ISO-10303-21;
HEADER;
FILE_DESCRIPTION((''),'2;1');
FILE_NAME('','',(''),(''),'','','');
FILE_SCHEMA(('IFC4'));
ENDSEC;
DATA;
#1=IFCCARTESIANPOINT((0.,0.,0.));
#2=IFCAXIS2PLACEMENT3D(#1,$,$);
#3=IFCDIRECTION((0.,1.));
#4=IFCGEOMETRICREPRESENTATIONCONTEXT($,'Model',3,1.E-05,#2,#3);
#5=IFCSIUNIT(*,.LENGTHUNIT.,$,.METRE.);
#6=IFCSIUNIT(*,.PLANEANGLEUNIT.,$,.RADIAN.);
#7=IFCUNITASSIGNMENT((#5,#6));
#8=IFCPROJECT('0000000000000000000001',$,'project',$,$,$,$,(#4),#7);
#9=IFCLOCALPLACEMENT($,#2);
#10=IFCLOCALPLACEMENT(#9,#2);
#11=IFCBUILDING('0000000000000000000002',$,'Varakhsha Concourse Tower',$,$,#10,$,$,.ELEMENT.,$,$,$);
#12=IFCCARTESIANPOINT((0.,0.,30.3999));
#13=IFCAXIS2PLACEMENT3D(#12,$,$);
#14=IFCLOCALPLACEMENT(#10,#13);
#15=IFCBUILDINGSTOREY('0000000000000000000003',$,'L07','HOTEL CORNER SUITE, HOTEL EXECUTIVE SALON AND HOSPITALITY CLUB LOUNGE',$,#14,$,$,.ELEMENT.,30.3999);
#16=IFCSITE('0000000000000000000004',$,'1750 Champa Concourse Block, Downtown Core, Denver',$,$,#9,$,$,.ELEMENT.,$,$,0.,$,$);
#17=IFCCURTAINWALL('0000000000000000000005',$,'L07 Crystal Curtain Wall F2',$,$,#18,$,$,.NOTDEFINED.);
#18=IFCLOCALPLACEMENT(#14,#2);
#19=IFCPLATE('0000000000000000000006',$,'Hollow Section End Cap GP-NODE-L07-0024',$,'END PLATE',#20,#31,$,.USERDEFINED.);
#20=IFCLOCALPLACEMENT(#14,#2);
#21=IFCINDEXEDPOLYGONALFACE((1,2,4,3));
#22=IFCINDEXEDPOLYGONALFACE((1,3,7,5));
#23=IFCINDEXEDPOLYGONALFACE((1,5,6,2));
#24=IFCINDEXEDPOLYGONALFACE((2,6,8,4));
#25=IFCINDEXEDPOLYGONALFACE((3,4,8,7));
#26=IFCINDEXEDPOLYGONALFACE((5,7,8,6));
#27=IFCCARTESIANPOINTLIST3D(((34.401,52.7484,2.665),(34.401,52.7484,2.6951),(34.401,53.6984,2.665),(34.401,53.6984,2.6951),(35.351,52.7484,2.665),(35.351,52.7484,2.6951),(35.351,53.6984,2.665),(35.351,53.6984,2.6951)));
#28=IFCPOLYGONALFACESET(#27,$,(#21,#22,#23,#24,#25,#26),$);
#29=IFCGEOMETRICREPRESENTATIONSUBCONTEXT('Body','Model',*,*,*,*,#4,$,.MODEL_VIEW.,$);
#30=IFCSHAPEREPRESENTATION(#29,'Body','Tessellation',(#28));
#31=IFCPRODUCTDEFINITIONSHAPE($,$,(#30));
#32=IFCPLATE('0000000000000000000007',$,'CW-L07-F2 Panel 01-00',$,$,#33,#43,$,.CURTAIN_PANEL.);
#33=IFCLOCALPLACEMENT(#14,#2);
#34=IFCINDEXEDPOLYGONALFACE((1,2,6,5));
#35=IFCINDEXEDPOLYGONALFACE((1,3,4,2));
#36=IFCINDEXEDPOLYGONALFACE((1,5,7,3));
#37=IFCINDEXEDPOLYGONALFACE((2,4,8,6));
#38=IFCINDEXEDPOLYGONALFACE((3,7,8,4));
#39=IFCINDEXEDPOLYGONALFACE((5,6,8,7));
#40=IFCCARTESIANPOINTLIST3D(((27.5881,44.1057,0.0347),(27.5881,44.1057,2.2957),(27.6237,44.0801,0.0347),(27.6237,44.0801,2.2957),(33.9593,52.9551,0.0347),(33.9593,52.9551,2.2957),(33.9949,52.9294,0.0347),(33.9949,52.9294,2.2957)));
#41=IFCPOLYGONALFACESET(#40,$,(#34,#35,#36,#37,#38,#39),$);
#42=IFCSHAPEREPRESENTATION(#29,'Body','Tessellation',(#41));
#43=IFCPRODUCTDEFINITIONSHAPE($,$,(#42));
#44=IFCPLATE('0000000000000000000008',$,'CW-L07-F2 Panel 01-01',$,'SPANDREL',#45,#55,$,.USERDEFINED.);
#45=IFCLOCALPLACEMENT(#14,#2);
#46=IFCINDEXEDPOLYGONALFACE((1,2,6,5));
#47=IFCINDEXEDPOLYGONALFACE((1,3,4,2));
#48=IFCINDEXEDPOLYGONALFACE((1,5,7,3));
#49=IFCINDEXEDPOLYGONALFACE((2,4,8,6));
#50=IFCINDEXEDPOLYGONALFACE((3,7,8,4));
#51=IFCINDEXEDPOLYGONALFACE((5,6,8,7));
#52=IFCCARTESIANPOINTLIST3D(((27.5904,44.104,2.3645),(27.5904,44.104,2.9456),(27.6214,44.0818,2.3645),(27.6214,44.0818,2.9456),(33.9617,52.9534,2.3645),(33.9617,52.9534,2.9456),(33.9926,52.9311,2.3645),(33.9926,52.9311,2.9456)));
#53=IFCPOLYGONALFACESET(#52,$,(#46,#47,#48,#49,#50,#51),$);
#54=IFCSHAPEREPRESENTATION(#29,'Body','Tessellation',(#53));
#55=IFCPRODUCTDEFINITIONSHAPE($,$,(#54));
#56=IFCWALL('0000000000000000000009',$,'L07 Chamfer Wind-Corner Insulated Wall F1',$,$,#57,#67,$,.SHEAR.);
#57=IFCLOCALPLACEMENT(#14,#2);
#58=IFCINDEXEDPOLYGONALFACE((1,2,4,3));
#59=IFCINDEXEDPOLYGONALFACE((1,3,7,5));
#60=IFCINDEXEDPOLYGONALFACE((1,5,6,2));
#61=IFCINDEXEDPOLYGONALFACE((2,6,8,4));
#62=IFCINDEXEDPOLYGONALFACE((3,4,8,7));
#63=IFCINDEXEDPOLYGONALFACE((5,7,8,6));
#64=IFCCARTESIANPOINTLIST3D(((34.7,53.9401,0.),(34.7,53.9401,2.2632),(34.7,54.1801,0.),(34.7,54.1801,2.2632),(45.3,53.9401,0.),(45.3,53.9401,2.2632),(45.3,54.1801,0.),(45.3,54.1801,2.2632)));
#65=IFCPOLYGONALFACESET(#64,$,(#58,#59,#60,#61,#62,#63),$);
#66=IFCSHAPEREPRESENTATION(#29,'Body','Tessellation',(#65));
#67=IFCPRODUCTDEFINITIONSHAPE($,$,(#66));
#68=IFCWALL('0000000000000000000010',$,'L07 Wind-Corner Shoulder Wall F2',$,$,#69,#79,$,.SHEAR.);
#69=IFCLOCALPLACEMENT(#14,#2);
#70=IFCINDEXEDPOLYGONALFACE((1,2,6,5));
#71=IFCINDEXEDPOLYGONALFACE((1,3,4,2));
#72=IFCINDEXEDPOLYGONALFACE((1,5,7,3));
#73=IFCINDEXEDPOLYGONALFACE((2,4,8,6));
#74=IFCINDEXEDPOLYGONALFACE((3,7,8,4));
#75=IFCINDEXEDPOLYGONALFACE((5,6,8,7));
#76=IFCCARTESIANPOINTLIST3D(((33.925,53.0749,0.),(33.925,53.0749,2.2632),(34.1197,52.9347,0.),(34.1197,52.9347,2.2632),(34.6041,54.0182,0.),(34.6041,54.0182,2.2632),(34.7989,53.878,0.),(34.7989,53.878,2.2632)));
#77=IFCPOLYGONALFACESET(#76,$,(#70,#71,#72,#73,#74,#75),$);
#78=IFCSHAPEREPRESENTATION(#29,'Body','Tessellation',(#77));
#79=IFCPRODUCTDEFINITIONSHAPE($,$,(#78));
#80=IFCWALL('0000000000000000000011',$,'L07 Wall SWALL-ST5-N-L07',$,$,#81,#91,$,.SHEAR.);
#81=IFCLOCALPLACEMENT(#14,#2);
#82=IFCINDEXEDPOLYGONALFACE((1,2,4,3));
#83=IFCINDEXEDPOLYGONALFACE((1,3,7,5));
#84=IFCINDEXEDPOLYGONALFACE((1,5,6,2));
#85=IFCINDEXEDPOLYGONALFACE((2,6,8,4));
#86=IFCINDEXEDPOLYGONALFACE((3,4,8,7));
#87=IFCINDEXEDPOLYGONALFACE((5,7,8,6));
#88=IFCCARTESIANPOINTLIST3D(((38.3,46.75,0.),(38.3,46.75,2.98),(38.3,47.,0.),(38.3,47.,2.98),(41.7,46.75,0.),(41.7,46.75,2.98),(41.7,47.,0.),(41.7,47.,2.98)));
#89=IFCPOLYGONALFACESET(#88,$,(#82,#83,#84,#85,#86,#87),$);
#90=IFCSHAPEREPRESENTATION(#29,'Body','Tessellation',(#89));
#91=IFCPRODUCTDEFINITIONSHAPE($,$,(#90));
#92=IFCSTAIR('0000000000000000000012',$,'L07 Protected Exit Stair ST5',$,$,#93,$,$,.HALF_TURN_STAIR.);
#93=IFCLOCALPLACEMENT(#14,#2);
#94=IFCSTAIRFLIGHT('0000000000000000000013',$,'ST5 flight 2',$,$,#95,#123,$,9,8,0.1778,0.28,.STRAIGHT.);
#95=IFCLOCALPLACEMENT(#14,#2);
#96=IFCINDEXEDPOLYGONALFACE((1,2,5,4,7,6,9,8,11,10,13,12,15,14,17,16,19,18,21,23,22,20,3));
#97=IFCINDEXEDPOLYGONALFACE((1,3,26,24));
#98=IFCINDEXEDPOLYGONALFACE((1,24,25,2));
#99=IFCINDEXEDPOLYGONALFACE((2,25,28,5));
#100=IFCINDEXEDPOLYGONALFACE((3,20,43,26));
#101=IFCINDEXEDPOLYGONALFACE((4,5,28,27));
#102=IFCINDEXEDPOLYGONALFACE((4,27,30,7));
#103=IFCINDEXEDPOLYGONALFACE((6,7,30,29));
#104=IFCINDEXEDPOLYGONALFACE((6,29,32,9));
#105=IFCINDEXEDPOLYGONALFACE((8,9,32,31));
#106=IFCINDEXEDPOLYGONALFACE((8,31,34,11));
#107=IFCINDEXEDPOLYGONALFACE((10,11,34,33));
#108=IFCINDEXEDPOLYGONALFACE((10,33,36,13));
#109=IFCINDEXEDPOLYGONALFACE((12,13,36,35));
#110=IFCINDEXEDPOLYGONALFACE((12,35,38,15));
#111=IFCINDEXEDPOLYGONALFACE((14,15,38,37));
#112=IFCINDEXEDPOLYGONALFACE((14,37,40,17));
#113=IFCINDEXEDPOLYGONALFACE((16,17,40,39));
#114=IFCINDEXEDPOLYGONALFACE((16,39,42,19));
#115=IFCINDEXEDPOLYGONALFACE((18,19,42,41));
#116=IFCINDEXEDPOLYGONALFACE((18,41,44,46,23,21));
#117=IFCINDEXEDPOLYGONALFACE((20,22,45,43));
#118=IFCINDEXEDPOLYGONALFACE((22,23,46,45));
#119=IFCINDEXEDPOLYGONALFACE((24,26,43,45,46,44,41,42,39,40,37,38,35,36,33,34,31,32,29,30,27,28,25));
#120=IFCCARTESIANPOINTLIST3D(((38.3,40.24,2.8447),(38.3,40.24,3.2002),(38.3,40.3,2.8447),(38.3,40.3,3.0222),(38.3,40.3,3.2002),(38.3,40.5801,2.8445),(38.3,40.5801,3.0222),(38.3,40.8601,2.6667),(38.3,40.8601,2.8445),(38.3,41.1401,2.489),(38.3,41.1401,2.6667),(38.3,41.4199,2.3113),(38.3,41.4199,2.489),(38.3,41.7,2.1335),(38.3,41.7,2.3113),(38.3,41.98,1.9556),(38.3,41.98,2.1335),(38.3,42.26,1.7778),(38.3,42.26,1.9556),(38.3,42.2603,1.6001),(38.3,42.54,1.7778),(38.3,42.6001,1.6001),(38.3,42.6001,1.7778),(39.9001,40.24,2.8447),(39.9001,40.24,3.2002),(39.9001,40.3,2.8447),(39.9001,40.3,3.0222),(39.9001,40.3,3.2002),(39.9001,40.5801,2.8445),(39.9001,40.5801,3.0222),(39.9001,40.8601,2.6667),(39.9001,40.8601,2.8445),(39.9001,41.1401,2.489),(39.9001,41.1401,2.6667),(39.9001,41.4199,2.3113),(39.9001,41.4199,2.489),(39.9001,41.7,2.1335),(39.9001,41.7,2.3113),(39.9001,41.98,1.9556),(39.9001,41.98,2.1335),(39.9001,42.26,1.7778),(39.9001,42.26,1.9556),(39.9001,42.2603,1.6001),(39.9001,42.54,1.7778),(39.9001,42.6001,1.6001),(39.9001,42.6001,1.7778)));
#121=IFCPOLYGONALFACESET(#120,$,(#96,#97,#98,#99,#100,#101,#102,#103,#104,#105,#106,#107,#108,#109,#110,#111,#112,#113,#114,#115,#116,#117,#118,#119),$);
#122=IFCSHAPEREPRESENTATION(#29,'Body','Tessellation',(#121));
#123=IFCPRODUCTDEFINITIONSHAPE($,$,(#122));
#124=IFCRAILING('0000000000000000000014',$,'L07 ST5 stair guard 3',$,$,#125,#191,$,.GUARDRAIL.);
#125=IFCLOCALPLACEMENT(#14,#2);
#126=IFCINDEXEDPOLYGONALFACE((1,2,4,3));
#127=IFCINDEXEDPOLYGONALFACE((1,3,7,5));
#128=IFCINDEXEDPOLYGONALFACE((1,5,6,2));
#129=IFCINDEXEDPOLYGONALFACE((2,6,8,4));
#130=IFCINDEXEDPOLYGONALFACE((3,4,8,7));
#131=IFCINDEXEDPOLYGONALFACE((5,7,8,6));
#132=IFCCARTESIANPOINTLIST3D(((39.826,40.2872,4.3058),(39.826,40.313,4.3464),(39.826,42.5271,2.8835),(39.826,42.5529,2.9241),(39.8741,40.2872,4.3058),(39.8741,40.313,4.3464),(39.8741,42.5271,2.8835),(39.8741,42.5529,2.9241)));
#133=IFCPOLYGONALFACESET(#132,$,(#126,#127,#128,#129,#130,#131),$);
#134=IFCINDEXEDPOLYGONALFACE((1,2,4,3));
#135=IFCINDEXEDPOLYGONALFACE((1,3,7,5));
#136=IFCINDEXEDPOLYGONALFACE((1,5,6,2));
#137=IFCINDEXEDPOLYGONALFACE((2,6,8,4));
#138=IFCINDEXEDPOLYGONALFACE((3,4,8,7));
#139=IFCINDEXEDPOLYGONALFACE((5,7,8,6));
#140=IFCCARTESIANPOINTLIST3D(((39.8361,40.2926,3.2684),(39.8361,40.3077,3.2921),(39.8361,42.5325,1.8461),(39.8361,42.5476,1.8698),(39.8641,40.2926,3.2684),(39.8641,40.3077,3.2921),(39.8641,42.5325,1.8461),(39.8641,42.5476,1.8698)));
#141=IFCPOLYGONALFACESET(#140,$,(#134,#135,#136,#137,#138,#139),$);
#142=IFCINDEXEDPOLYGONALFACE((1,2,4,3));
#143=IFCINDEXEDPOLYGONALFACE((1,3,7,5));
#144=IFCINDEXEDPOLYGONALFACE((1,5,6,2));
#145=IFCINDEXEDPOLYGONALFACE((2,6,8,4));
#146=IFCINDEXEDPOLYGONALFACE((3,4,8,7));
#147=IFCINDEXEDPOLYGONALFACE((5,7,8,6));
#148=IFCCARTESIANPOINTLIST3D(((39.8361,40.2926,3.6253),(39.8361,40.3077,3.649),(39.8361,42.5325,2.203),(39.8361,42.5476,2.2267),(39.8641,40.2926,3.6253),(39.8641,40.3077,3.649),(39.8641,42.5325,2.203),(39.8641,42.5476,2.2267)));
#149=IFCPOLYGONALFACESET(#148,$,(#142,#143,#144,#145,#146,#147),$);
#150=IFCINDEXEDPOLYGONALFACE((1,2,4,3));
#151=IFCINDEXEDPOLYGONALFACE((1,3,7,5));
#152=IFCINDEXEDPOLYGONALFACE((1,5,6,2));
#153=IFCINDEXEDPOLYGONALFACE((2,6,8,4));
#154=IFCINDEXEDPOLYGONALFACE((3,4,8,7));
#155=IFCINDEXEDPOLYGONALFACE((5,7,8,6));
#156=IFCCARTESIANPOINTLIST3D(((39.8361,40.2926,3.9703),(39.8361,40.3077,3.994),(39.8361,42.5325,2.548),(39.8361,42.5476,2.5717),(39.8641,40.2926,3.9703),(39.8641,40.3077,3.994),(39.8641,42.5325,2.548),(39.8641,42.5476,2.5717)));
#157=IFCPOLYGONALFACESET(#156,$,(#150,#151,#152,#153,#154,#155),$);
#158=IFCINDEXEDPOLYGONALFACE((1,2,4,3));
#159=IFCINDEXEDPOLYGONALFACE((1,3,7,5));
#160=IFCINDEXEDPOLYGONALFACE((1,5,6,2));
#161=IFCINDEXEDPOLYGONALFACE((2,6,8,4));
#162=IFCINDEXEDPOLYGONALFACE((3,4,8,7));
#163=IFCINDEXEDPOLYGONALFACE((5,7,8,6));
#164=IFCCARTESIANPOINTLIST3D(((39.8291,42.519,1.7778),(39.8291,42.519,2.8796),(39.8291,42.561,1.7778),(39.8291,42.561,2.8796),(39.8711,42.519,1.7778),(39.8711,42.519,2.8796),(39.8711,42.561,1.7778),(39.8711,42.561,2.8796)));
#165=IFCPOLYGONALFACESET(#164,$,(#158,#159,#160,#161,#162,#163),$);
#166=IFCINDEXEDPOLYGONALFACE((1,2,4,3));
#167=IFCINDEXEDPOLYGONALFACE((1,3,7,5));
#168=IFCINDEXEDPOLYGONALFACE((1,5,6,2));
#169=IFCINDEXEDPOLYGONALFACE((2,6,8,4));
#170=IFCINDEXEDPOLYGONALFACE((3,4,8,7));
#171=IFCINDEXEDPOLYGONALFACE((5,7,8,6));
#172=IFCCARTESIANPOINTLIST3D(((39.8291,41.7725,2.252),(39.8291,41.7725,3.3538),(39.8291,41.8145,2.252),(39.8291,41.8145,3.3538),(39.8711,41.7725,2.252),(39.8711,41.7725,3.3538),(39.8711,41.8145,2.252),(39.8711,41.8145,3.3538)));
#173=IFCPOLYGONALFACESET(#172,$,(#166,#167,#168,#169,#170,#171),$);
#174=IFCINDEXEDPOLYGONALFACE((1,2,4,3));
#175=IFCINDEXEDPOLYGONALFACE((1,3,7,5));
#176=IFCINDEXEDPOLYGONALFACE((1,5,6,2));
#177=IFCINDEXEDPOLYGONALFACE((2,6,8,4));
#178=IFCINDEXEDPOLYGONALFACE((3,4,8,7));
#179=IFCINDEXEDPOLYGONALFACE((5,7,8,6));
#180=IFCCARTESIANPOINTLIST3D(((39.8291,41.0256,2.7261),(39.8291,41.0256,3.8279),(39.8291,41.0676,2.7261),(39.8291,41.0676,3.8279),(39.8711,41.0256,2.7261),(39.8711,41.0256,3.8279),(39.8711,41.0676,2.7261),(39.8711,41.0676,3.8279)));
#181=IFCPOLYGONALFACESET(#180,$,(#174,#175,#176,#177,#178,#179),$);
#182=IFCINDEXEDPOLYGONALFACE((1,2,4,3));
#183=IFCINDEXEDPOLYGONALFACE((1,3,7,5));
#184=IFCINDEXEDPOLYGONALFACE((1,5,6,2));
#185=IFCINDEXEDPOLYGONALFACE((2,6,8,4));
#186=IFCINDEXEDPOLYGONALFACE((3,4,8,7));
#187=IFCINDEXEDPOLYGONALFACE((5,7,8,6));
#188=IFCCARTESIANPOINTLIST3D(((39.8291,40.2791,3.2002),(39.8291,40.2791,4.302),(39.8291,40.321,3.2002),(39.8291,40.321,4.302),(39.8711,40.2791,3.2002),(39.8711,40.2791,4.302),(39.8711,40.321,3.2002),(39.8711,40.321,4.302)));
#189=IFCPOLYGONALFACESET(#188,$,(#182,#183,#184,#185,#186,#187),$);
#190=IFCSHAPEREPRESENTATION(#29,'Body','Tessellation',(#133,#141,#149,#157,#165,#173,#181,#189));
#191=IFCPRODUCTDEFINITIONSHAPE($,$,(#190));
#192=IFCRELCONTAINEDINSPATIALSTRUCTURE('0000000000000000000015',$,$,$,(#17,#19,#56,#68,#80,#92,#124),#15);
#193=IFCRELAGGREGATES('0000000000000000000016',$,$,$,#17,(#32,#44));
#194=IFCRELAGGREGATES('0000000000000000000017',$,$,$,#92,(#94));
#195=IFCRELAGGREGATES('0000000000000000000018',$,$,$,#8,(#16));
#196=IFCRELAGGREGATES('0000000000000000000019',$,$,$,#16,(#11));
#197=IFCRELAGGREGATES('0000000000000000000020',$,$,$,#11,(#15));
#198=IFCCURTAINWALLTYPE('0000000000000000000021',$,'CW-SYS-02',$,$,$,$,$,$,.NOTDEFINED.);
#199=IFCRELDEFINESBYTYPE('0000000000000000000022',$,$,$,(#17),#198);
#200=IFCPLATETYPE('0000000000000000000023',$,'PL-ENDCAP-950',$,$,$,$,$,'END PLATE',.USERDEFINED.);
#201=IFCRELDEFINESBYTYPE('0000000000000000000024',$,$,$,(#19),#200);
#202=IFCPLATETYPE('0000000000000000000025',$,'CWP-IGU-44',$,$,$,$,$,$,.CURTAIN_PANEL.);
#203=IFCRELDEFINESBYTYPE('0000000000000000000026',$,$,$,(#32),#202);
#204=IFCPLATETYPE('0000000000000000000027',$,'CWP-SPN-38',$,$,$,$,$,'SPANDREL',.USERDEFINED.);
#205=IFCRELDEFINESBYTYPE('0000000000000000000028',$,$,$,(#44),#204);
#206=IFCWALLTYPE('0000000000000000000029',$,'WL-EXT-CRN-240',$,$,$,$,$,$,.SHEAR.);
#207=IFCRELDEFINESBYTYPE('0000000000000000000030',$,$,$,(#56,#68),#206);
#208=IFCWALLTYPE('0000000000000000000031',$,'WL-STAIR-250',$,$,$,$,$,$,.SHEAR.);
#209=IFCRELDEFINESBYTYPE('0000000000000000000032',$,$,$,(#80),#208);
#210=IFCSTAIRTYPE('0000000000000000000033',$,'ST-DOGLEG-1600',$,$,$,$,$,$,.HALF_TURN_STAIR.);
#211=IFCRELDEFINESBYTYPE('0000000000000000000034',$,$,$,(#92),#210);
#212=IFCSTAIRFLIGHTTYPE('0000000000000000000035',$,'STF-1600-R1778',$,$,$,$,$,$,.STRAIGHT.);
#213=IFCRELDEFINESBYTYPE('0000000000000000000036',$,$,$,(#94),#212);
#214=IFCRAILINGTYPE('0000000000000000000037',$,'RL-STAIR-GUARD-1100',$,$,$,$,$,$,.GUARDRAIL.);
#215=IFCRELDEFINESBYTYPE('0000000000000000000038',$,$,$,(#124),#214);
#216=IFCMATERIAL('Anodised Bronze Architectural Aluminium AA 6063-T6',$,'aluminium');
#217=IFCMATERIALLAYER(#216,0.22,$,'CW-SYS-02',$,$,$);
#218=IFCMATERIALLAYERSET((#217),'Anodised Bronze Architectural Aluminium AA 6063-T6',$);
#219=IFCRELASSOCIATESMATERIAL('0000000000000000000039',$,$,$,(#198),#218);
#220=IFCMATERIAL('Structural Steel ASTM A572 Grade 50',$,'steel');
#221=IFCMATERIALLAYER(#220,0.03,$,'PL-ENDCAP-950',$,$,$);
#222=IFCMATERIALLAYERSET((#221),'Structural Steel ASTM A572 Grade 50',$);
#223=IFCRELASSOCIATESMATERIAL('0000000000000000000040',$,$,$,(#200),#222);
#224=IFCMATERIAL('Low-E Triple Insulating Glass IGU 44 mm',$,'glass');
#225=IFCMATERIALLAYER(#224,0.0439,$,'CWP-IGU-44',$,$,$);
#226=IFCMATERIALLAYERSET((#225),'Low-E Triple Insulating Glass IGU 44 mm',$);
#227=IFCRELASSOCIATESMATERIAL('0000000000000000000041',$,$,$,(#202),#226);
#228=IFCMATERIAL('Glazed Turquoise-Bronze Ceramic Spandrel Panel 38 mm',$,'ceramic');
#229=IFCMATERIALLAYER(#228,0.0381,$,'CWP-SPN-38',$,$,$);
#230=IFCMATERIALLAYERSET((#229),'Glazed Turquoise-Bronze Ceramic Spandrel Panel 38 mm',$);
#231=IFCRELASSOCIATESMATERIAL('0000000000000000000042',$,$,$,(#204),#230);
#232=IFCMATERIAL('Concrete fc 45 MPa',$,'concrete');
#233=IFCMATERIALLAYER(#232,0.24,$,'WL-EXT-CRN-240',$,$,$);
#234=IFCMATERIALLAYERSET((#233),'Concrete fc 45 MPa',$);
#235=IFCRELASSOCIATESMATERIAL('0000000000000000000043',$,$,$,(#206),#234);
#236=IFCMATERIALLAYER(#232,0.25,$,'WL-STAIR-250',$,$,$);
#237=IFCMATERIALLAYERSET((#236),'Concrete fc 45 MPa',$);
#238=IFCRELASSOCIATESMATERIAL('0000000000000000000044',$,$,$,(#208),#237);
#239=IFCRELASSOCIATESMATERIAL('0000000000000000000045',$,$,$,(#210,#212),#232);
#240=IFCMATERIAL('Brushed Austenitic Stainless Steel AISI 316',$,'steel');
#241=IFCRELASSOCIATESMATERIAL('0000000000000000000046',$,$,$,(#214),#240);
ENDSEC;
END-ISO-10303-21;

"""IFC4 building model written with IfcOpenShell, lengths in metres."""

from ifc_helpers import new_model, si_unit, direction, frame, frame_2d, origin, origin_2d, place, context, subcontext, project, spatial, polyline, rectangle, outline, extrude, source, transform, mapped, material, layer, layer_set, type_object, type_shapes, element, aggregate, save


model = new_model("IFC4")

# Units and contexts
model_context = context("Model", 3, precision=1e-05, world=origin(), true_north=direction((0.0, 1.0)))
body_context = subcontext(model_context, "Body", "Model", "MODEL_VIEW")
ifc_project = project(units=[si_unit("LENGTHUNIT", "METRE"), si_unit("PLANEANGLEUNIT", "RADIAN")], contexts=[model_context])

# Site, building, storey
site_placement = place(None, origin())
site = spatial("IfcSite", under=ifc_project, at=site_placement, Name="1750 Champa Concourse Block, Downtown Core, Denver", CompositionType="ELEMENT", RefElevation=0.0)
building_placement = place(site_placement, origin())
building = spatial("IfcBuilding", under=site, at=building_placement, Name="Varakhsha Concourse Tower", CompositionType="ELEMENT")
storey_placement = place(building_placement, frame((0.0, 0.0, 30.3999)))
storey = spatial("IfcBuildingStorey", under=building, at=storey_placement, Name="L07", Description="HOTEL CORNER SUITE, HOTEL EXECUTIVE SALON AND HOSPITALITY CLUB LOUNGE", CompositionType="ELEMENT", Elevation=30.3999)

# Shared definitions
ifc_material_1 = material(Name="Structural Steel ASTM A572 Grade 50", Category="steel")

# Curtain wall
ifc_material_2 = material(Name="Anodised Bronze Architectural Aluminium AA 6063-T6", Category="aluminium")
ifc_layer_1 = layer(ifc_material_2, 0.22, Name="CW-SYS-02")
ifc_layer_set_1 = layer_set([ifc_layer_1], Name="Anodised Bronze Architectural Aluminium AA 6063-T6")
curtain_wall_type = type_object("IfcCurtainWallType", Name="CW-SYS-02", PredefinedType="NOTDEFINED", material=ifc_layer_set_1)
curtain_wall_placement = place(storey_placement, origin())
curtain_wall = element("IfcCurtainWall", 1, at=curtain_wall_placement, inside=storey, type_object=curtain_wall_type, Name="L07 Crystal Curtain Wall F2", PredefinedType="NOTDEFINED")

# Plates
ifc_layer_2 = layer(ifc_material_1, 0.03, Name="PL-ENDCAP-950")
ifc_layer_set_2 = layer_set([ifc_layer_2], Name="Structural Steel ASTM A572 Grade 50")
plate_type_1 = type_object("IfcPlateType", Name="PL-ENDCAP-950", ElementType="END PLATE", PredefinedType="USERDEFINED", material=ifc_layer_set_2)
shared_shape_1 = source(origin(), body_context, "Body", "SweptSolid", [
    extrude(rectangle(XDim=0.95, YDim=0.95, at=origin_2d()), origin(), (0.0, 0.0, 1.0), 0.03),
])
type_shapes(plate_type_1, [shared_shape_1])
plate_1_placement = place(storey_placement, frame((34.876, 53.2234, 2.665), z_axis=(0.0, 0.0, 1.0), x_axis=(1.0, 0.0, 0.0)))
element("IfcPlate", 2, at=plate_1_placement, inside=storey, type_object=plate_type_1, Name="Hollow Section End Cap GP-NODE-L07-0024", ObjectType="END PLATE", PredefinedType="USERDEFINED", context=body_context, shape_type="MappedRepresentation", body=[
    mapped(shared_shape_1, transform((0.0, 0.0, 0.0), scale=1.0)),
])
ifc_material_3 = material(Name="Low-E Triple Insulating Glass IGU 44 mm", Category="glass")
ifc_layer_3 = layer(ifc_material_3, 0.0439, Name="CWP-IGU-44")
ifc_layer_set_3 = layer_set([ifc_layer_3], Name="Low-E Triple Insulating Glass IGU 44 mm")
plate_type_2 = type_object("IfcPlateType", Name="CWP-IGU-44", PredefinedType="CURTAIN_PANEL", material=ifc_layer_set_3)
shared_shape_2 = source(origin(), body_context, "Body", "SweptSolid", [
    extrude(rectangle(XDim=10.9043, YDim=0.0439, at=origin_2d()), origin(), (0.0, 0.0, 1.0), 2.261),
])
type_shapes(plate_type_2, [shared_shape_2])
plate_2_placement = place(storey_placement, frame((30.7915, 48.5176, 0.0347), z_axis=(0.0, 0.0, 1.0), x_axis=(0.584284, 0.81155, 0.0)))
plate_2 = element("IfcPlate", 3, at=plate_2_placement, type_object=plate_type_2, Name="CW-L07-F2 Panel 01-00", PredefinedType="CURTAIN_PANEL", context=body_context, shape_type="MappedRepresentation", body=[
    mapped(shared_shape_2, transform((0.0, 0.0, 0.0), scale=1.0)),
])
ifc_material_4 = material(Name="Glazed Turquoise-Bronze Ceramic Spandrel Panel 38 mm", Category="ceramic")
ifc_layer_4 = layer(ifc_material_4, 0.0381, Name="CWP-SPN-38")
ifc_layer_set_4 = layer_set([ifc_layer_4], Name="Glazed Turquoise-Bronze Ceramic Spandrel Panel 38 mm")
plate_type_3 = type_object("IfcPlateType", Name="CWP-SPN-38", ElementType="SPANDREL", PredefinedType="USERDEFINED", material=ifc_layer_set_4)
shared_shape_3 = source(origin(), body_context, "Body", "SweptSolid", [
    extrude(rectangle(XDim=10.9043, YDim=0.0381, at=origin_2d()), origin(), (0.0, 0.0, 1.0), 0.5811),
])
type_shapes(plate_type_3, [shared_shape_3])
plate_3_placement = place(storey_placement, frame((30.7915, 48.5176, 2.3645), z_axis=(0.0, 0.0, 1.0), x_axis=(0.584284, 0.81155, 0.0)))
plate_3 = element("IfcPlate", 4, at=plate_3_placement, type_object=plate_type_3, Name="CW-L07-F2 Panel 01-01", ObjectType="SPANDREL", PredefinedType="USERDEFINED", context=body_context, shape_type="MappedRepresentation", body=[
    mapped(shared_shape_3, transform((0.0, 0.0, 0.0), scale=1.0)),
])
aggregate(curtain_wall, [plate_2, plate_3])

# Walls
ifc_material_5 = material(Name="Concrete fc 45 MPa", Category="concrete")
ifc_layer_5 = layer(ifc_material_5, 0.24, Name="WL-EXT-CRN-240")
ifc_layer_set_5 = layer_set([ifc_layer_5], Name="Concrete fc 45 MPa")
wall_type_1 = type_object("IfcWallType", Name="WL-EXT-CRN-240", PredefinedType="SHEAR", material=ifc_layer_set_5)
wall_1_placement = place(storey_placement, frame((34.7, 54.0601, 0.0), z_axis=(0.0, 0.0, 1.0), x_axis=(1.0, 0.0, 0.0)))
element("IfcWall", 5, at=wall_1_placement, inside=storey, type_object=wall_type_1, Name="L07 Chamfer Wind-Corner Insulated Wall F1", PredefinedType="SHEAR", context=body_context, shape_type="SweptSolid", body=[
    extrude(rectangle(XDim=10.6001, YDim=0.24, at=frame_2d((5.3, 0.0))), origin(), (0.0, 0.0, 1.0), 2.2632),
])
wall_2_placement = place(storey_placement, frame((34.7014, 53.948, 0.0), z_axis=(0.0, 0.0, 1.0), x_axis=(-0.584294, -0.811542, 0.0)))
element("IfcWall", 6, at=wall_2_placement, inside=storey, type_object=wall_type_1, Name="L07 Wind-Corner Shoulder Wall F2", PredefinedType="SHEAR", context=body_context, shape_type="SweptSolid", body=[
    extrude(rectangle(XDim=1.1624, YDim=0.24, at=frame_2d((0.5811, 0.0))), origin(), (0.0, 0.0, 1.0), 2.2632),
])
ifc_layer_6 = layer(ifc_material_5, 0.25, Name="WL-STAIR-250")
ifc_layer_set_6 = layer_set([ifc_layer_6], Name="Concrete fc 45 MPa")
wall_type_2 = type_object("IfcWallType", Name="WL-STAIR-250", PredefinedType="SHEAR", material=ifc_layer_set_6)
wall_3_placement = place(storey_placement, frame((38.3, 46.875, 0.0), z_axis=(0.0, 0.0, 1.0), x_axis=(1.0, 0.0, 0.0)))
element("IfcWall", 7, at=wall_3_placement, inside=storey, type_object=wall_type_2, Name="L07 Wall SWALL-ST5-N-L07", PredefinedType="SHEAR", context=body_context, shape_type="SweptSolid", body=[
    extrude(rectangle(XDim=3.3999, YDim=0.25, at=frame_2d((1.7, 0.0))), origin(), (0.0, 0.0, 1.0), 2.98),
])

# Stair, stair flight
stair_type = type_object("IfcStairType", Name="ST-DOGLEG-1600", PredefinedType="HALF_TURN_STAIR", material=ifc_material_5)
stair_placement = place(storey_placement, origin())
stair = element("IfcStair", 8, at=stair_placement, inside=storey, type_object=stair_type, Name="L07 Protected Exit Stair ST5", PredefinedType="HALF_TURN_STAIR")
stair_flight_type = type_object("IfcStairFlightType", Name="STF-1600-R1778", PredefinedType="STRAIGHT", material=ifc_material_5)
stair_flight_placement = place(storey_placement, frame((39.1001, 42.54, 1.6001), z_axis=(0.0, 0.0, 1.0), x_axis=(0.0, -1.0, 0.0)))
stair_flight = element("IfcStairFlight", 9, at=stair_flight_placement, type_object=stair_flight_type, Name="ST5 flight 2", NumberOfRisers=9, NumberOfTreads=8, PredefinedType="STRAIGHT", RiserHeight=0.1778, TreadLength=0.28, context=body_context, shape_type="SweptSolid", body=[
    extrude(outline(polyline([(-0.0601, 0.0), (-0.0601, 0.1777), (0.0, 0.1777), (0.28, 0.1777), (0.28, 0.3555), (0.5601, 0.3555), (0.5601, 0.5334), (0.8401, 0.5334), (0.8401, 0.7112), (1.1201, 0.7112), (1.1201, 0.8889), (1.3999, 0.8889), (1.3999, 1.0667), (1.6799, 1.0667), (1.6799, 1.2444), (1.96, 1.2444), (1.96, 1.4221), (2.24, 1.4221), (2.24, 1.6001), (2.3, 1.6001), (2.3, 1.2446), (2.24, 1.2446), (0.2798, 0.0), (-0.0601, 0.0)])), frame((0.0, 0.8, 0.0), z_axis=(0.0, -1.0, 0.0), x_axis=(1.0, 0.0, 0.0)), (0.0, 0.0, 1.0), 1.6001),
])
aggregate(stair, [stair_flight])

# Railing
ifc_material_6 = material(Name="Brushed Austenitic Stainless Steel AISI 316", Category="steel")
railing_type_1 = type_object("IfcRailingType", Name="RL-STAIR-GUARD-1100", PredefinedType="GUARDRAIL", material=ifc_material_6)
railing_1_placement = place(storey_placement, frame((39.8501, 42.54, 1.7778)))
element("IfcRailing", 10, at=railing_1_placement, inside=storey, type_object=railing_type_1, Name="L07 ST5 stair guard 3", PredefinedType="GUARDRAIL", context=body_context, shape_type="SweptSolid", body=[
    extrude(rectangle(XDim=0.0481, YDim=0.0481, at=origin_2d()), frame((0.0, 0.0, 1.126), z_axis=(0.0, -0.844188, 0.536048), x_axis=(1.0, 0.0, 0.0)), (0.0, 0.0, 1.0), 2.6533),
    extrude(rectangle(XDim=0.0281, YDim=0.0281, at=origin_2d()), frame((0.0, 0.0, 0.0801), z_axis=(0.0, -0.844188, 0.536048), x_axis=(1.0, 0.0, 0.0)), (0.0, 0.0, 1.0), 2.6533),
    extrude(rectangle(XDim=0.0281, YDim=0.0281, at=origin_2d()), frame((0.0, 0.0, 0.437), z_axis=(0.0, -0.844188, 0.536048), x_axis=(1.0, 0.0, 0.0)), (0.0, 0.0, 1.0), 2.6533),
    extrude(rectangle(XDim=0.0281, YDim=0.0281, at=origin_2d()), frame((0.0, 0.0, 0.782), z_axis=(0.0, -0.844188, 0.536048), x_axis=(1.0, 0.0, 0.0)), (0.0, 0.0, 1.0), 2.6533),
    extrude(rectangle(XDim=0.042, YDim=0.042, at=origin_2d()), origin(), (0.0, 0.0, 1.0), 1.1018),
    extrude(rectangle(XDim=0.042, YDim=0.042, at=origin_2d()), frame((0.0, -0.7466, 0.4741)), (0.0, 0.0, 1.0), 1.1018),
    extrude(rectangle(XDim=0.042, YDim=0.042, at=origin_2d()), frame((0.0, -1.4934, 0.9482)), (0.0, 0.0, 1.0), 1.1018),
    extrude(rectangle(XDim=0.042, YDim=0.042, at=origin_2d()), frame((0.0, -2.24, 1.4224)), (0.0, 0.0, 1.0), 1.1018),
])

save(model, "model.ifc")
